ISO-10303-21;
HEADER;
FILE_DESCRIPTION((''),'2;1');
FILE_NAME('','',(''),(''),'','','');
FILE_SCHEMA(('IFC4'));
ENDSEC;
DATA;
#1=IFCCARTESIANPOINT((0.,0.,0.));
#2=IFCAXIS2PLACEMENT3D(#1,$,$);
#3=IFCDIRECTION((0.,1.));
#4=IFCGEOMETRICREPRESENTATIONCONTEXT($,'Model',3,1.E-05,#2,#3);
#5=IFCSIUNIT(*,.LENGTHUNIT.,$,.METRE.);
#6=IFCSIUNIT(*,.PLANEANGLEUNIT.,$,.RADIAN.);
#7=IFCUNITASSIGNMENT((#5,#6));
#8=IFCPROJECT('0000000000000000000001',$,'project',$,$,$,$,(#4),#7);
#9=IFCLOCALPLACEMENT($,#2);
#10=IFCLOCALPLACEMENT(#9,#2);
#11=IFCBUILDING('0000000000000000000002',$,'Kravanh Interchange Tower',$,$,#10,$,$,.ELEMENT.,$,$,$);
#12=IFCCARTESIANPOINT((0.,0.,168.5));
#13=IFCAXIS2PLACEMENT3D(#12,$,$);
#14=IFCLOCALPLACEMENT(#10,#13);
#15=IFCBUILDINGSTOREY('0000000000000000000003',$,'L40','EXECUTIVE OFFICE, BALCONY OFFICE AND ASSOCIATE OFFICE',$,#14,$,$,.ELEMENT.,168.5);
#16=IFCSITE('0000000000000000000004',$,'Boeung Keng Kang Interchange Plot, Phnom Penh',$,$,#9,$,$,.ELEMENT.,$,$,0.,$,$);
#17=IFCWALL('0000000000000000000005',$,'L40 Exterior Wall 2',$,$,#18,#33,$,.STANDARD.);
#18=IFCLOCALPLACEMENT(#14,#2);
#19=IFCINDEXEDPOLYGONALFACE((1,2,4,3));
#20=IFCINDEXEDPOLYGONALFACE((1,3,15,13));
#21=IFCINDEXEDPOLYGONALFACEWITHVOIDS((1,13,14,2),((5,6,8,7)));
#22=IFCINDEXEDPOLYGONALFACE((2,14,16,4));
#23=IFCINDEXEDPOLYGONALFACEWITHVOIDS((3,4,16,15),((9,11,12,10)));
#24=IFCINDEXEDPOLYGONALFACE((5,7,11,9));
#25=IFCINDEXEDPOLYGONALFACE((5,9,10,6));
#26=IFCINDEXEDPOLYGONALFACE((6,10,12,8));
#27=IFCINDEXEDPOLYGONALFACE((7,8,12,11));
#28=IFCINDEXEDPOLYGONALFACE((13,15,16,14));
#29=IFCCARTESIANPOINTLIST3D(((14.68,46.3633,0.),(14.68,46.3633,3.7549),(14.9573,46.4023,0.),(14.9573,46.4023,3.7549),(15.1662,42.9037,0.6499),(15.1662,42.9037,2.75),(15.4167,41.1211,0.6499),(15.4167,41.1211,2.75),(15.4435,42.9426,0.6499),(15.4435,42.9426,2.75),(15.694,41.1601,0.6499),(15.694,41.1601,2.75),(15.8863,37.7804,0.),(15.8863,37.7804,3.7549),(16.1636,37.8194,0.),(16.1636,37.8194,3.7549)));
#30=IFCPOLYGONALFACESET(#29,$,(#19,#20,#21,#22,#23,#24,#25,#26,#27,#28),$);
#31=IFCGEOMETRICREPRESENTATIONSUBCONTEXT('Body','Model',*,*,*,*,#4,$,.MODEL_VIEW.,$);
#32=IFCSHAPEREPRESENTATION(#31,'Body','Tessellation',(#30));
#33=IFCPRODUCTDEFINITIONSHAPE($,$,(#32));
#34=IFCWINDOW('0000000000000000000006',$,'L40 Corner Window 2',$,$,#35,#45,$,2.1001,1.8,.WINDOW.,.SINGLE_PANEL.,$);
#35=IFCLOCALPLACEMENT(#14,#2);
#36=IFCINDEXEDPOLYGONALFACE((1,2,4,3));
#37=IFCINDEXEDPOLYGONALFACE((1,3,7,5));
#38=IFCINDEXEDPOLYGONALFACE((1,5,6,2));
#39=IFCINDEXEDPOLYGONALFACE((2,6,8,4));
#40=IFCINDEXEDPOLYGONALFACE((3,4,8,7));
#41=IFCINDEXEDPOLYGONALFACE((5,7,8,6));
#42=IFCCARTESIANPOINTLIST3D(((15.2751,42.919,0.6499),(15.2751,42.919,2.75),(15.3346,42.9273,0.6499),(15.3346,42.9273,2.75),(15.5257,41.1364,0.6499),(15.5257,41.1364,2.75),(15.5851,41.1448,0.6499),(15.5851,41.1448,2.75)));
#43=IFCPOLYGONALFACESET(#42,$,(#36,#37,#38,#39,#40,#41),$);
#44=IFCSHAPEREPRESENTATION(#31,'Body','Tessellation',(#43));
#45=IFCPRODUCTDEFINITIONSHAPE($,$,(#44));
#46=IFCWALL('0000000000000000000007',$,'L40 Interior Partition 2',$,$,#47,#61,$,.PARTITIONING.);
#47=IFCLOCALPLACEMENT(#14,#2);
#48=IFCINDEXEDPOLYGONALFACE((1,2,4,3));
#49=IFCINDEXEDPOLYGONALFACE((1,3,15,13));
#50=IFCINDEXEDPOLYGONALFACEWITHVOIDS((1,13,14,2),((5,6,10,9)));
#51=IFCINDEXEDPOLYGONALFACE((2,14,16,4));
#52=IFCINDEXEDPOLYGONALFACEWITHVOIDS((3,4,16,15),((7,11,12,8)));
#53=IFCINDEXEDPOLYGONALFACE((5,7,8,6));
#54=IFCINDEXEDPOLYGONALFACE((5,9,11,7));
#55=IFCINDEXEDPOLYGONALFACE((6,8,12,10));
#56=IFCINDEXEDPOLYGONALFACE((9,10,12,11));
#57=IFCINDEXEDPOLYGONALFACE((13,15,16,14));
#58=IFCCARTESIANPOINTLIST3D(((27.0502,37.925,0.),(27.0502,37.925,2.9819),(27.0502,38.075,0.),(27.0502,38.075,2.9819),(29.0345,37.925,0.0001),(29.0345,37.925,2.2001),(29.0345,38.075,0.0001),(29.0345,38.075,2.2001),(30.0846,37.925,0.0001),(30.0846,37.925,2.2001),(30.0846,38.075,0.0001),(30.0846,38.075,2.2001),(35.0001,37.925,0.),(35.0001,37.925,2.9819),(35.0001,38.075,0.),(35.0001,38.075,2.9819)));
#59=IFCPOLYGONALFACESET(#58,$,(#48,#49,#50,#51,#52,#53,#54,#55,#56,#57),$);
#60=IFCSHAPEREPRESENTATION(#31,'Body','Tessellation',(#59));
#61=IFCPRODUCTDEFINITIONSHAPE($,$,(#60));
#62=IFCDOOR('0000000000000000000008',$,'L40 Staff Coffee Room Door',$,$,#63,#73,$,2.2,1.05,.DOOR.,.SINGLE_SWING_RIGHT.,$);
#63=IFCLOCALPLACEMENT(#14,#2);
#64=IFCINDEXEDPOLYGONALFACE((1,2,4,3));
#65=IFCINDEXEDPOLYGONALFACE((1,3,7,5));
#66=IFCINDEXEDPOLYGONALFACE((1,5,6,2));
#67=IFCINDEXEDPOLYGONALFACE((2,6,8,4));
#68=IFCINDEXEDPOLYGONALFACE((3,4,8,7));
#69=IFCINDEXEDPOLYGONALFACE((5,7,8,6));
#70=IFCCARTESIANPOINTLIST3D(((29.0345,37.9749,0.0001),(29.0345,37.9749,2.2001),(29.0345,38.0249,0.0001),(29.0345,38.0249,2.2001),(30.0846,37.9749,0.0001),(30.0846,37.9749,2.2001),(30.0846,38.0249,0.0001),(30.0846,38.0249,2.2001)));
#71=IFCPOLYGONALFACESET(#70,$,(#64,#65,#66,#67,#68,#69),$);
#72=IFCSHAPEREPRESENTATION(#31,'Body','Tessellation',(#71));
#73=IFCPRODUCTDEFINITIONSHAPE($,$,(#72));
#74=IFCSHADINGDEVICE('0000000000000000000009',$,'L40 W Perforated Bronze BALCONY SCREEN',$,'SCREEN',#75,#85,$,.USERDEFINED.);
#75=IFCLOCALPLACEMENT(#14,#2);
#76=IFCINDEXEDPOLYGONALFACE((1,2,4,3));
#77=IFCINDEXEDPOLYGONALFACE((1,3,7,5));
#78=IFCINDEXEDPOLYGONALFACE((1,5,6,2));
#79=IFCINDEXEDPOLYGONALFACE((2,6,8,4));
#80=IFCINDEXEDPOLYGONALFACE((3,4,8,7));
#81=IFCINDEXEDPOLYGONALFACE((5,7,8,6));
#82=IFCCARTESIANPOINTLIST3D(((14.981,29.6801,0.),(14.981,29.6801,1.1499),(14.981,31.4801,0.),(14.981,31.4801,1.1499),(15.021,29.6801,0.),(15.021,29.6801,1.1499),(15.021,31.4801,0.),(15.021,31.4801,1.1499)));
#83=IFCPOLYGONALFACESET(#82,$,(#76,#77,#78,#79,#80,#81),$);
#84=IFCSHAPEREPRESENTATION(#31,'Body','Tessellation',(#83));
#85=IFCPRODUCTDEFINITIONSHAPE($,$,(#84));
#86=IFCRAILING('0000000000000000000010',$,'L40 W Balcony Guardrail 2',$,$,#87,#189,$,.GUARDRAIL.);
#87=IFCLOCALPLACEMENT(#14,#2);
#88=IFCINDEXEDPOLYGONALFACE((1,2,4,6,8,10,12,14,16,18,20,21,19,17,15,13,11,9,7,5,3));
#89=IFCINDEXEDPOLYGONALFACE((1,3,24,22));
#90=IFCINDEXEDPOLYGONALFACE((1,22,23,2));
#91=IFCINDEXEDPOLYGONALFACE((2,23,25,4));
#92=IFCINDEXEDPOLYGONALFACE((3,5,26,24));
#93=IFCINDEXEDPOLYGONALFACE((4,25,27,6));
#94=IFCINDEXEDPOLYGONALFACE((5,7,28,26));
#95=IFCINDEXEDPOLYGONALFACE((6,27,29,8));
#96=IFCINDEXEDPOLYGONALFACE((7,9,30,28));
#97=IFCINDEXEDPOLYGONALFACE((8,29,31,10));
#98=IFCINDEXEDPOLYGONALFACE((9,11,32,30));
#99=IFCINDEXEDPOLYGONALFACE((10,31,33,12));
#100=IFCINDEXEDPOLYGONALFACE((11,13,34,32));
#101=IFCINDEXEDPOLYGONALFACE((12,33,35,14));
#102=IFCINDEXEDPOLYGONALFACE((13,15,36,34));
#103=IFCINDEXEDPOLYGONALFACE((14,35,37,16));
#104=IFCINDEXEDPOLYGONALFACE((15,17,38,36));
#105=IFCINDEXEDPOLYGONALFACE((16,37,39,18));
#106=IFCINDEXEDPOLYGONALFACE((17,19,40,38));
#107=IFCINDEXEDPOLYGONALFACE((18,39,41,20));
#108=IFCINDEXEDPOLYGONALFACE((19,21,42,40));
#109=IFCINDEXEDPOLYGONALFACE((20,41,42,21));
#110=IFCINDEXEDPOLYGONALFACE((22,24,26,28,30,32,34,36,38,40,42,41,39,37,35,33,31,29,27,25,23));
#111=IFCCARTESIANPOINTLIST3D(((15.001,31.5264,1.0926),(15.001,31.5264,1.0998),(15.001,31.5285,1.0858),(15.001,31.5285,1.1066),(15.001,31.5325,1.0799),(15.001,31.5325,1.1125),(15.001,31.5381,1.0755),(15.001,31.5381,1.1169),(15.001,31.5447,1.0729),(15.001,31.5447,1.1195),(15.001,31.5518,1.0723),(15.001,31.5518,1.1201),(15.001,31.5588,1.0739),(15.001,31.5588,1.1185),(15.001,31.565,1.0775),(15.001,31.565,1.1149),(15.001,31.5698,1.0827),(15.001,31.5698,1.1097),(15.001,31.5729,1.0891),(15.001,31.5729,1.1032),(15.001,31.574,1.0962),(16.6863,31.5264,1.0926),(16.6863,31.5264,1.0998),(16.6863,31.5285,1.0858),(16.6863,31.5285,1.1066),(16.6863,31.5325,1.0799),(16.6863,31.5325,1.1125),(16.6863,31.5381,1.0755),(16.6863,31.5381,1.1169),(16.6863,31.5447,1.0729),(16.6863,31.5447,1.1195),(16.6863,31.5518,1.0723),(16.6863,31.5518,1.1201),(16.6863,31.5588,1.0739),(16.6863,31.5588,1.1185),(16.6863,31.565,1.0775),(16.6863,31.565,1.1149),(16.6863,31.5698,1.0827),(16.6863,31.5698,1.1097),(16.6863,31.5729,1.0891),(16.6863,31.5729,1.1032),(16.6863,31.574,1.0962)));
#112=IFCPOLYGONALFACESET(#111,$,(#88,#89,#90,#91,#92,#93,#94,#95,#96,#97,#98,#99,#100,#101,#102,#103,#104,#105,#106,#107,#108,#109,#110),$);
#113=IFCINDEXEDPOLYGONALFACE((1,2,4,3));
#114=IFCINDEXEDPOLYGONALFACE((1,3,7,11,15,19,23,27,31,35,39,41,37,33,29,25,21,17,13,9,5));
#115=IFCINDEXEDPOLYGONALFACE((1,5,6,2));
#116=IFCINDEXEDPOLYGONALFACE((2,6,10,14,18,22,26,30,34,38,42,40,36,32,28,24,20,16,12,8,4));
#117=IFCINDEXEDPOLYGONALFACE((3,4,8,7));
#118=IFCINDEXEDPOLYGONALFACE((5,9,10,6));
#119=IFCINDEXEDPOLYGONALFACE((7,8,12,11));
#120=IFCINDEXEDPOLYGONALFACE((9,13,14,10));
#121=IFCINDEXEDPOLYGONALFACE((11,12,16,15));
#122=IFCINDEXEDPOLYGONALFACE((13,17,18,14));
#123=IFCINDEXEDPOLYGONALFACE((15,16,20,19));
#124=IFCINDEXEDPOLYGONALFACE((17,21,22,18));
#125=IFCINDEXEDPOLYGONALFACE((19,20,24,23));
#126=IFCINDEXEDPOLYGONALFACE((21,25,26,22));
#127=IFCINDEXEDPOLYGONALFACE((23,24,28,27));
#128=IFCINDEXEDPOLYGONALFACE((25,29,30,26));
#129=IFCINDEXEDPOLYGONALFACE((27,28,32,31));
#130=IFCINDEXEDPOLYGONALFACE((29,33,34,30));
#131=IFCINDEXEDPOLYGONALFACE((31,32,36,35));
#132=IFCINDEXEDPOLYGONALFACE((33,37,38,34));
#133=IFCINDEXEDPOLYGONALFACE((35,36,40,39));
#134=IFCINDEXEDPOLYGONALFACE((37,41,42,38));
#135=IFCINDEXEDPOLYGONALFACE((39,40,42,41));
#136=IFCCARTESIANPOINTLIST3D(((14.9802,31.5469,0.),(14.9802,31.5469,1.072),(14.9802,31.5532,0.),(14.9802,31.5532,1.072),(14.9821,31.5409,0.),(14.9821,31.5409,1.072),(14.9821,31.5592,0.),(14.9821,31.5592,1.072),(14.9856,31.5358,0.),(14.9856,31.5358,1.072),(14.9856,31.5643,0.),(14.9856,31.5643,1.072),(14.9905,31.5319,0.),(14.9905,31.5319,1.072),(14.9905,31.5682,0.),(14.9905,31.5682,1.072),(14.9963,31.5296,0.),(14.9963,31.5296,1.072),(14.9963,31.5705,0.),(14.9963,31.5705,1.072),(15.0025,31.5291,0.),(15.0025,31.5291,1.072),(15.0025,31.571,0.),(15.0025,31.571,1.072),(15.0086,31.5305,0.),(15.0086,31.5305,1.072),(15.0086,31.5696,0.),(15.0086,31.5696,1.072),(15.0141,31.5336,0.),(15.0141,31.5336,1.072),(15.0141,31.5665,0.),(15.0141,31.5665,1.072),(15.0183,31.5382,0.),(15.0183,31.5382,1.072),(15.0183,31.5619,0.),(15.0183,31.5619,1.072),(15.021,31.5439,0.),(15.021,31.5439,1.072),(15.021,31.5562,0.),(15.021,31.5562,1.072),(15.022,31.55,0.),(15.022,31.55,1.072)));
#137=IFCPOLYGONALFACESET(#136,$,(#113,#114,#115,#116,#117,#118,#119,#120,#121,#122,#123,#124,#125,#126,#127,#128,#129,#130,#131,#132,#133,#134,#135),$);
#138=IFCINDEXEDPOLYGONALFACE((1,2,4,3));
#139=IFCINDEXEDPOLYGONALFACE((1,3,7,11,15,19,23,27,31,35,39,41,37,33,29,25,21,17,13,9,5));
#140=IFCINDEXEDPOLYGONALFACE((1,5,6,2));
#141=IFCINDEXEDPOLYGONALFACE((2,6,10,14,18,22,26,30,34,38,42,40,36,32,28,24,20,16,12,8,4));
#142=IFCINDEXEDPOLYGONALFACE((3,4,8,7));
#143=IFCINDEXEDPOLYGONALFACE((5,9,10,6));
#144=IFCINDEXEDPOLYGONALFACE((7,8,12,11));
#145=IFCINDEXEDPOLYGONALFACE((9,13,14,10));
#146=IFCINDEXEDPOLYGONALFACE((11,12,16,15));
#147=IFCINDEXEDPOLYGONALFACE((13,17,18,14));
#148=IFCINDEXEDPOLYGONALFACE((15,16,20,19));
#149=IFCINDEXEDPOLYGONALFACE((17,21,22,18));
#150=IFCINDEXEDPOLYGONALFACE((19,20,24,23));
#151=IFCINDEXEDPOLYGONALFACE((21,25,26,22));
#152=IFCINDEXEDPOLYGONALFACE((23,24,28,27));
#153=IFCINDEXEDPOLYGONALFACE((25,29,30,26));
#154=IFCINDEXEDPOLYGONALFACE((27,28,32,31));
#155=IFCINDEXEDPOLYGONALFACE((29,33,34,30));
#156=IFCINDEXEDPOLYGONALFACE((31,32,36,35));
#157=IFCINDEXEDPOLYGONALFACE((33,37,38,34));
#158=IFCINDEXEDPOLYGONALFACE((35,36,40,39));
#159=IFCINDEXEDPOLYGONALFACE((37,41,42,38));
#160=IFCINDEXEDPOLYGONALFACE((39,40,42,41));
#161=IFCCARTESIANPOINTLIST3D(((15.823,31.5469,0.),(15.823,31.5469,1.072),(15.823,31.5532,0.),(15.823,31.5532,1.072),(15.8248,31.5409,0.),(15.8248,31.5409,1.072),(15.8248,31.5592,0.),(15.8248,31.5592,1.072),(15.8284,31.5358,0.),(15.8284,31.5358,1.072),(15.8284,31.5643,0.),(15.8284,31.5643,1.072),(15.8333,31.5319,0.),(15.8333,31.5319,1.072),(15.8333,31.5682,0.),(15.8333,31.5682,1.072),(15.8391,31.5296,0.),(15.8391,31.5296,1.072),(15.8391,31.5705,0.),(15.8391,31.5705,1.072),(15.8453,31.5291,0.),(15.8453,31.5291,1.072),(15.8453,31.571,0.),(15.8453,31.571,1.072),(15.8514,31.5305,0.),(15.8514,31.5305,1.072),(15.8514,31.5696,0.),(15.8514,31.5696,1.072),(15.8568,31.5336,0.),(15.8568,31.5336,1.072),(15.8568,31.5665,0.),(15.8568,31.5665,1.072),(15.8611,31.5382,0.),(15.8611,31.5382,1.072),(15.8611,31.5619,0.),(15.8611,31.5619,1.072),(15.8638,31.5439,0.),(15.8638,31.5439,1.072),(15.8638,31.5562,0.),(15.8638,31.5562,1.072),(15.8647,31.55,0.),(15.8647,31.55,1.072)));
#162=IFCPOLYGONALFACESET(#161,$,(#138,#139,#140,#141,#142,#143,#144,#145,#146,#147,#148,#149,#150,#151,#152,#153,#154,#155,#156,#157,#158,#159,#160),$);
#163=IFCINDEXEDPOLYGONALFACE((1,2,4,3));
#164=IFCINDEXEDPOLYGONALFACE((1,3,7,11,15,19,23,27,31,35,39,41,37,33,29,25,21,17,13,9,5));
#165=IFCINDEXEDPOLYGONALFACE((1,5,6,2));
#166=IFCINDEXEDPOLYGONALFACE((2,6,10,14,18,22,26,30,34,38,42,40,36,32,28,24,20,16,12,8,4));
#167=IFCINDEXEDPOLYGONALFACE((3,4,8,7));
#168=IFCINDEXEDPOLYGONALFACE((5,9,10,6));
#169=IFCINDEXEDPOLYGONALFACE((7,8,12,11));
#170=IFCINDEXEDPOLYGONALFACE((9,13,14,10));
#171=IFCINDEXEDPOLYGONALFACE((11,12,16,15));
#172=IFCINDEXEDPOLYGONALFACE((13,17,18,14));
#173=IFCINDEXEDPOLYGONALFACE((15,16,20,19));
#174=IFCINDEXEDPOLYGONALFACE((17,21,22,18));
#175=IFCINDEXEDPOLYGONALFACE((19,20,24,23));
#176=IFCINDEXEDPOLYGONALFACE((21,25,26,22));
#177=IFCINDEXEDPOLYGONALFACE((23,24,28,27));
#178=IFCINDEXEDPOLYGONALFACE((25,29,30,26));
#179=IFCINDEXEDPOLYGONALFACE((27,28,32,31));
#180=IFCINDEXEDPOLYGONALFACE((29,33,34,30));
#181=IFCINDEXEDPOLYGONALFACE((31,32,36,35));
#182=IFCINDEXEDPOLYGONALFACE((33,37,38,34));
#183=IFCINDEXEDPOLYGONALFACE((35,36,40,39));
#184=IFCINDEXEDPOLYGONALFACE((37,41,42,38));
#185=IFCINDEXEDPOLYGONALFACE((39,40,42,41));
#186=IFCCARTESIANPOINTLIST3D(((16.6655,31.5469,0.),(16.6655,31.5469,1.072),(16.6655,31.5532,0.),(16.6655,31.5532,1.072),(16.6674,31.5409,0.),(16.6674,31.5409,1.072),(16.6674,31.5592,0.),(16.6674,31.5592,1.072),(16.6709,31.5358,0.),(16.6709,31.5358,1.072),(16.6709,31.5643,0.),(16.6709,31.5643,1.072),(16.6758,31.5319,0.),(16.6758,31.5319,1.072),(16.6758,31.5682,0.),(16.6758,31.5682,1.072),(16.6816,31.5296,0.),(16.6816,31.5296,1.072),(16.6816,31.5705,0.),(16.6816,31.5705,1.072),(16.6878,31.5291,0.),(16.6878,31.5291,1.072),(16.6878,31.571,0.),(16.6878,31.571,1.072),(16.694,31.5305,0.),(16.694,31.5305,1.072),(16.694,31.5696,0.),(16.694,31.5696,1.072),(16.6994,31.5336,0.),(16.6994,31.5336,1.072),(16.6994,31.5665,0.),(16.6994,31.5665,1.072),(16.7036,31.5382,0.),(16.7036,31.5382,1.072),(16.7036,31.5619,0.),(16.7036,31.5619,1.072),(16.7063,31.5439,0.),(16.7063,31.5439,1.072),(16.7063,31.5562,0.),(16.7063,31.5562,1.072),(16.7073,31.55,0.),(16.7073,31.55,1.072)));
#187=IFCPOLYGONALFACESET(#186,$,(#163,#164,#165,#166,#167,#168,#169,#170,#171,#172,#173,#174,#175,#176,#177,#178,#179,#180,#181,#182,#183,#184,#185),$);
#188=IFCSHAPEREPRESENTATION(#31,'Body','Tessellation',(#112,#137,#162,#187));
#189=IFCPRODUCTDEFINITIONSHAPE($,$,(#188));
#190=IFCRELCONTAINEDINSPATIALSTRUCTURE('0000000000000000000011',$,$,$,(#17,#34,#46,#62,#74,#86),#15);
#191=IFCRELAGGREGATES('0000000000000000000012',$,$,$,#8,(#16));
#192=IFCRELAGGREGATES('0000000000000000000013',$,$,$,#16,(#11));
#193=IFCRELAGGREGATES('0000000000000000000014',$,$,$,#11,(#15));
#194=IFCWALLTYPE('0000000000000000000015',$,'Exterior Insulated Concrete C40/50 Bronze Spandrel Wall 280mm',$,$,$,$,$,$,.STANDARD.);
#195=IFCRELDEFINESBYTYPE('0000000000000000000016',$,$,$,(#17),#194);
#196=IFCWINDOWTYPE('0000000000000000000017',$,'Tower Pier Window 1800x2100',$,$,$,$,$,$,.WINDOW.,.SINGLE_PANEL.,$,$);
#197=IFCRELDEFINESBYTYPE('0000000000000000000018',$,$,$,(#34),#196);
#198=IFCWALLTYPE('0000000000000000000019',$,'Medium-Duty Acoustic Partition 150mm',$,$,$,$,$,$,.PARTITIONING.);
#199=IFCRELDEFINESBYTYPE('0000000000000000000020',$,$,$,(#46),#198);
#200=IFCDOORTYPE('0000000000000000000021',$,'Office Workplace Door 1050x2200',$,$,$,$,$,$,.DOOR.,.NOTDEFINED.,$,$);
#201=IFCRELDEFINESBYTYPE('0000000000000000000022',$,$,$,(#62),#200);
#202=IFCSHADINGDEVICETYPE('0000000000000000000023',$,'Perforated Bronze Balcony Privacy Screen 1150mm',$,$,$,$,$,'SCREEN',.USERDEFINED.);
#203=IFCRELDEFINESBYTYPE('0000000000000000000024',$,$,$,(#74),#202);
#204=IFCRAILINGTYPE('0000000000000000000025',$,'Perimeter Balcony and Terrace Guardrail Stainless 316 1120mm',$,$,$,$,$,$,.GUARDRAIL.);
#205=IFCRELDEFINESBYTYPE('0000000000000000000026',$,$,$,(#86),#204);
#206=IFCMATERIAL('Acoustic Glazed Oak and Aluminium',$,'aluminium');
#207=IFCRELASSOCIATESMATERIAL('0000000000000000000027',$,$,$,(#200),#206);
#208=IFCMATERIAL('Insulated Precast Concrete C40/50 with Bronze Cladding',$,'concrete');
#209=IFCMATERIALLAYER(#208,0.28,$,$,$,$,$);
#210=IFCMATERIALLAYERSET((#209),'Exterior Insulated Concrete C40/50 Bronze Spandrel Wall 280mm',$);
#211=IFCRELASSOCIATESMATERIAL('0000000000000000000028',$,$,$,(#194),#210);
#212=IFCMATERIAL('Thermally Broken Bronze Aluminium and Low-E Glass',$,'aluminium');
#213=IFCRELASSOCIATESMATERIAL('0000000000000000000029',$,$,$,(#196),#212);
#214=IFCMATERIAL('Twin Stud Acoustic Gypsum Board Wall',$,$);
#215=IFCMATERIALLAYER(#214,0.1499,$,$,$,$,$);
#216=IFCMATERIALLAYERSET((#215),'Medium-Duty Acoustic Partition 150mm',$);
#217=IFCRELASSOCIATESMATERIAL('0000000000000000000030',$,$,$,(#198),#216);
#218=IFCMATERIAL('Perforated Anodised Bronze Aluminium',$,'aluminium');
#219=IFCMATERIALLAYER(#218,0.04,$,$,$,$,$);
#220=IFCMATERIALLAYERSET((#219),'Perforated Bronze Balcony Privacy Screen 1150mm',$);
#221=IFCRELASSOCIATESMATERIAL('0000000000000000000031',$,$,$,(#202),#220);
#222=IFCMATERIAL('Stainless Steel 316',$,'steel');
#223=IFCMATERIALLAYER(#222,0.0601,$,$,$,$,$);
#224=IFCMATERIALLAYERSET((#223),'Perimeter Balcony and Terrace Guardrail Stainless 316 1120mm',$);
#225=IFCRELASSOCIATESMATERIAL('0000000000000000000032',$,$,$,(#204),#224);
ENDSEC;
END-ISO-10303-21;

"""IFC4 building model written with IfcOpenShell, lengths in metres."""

from ifc_helpers import new_model, si_unit, direction, frame, frame_2d, origin, origin_2d, place, context, subcontext, project, spatial, rectangle, circle, extrude, material, layer, layer_set, type_object, element, fill, save


model = new_model("IFC4")

# Units and contexts
model_context = context("Model", 3, precision=1e-05, world=origin(), true_north=direction((0.0, 1.0)))
body_context = subcontext(model_context, "Body", "Model", "MODEL_VIEW")
ifc_project = project(units=[si_unit("LENGTHUNIT", "METRE"), si_unit("PLANEANGLEUNIT", "RADIAN")], contexts=[model_context])

# Site, building, storey
site_placement = place(None, origin())
site = spatial("IfcSite", under=ifc_project, at=site_placement, Name="Boeung Keng Kang Interchange Plot, Phnom Penh", CompositionType="ELEMENT", RefElevation=0.0)
building_placement = place(site_placement, origin())
building = spatial("IfcBuilding", under=site, at=building_placement, Name="Kravanh Interchange Tower", CompositionType="ELEMENT")
storey_placement = place(building_placement, frame((0.0, 0.0, 168.5)))
storey = spatial("IfcBuildingStorey", under=building, at=storey_placement, Name="L40", Description="EXECUTIVE OFFICE, BALCONY OFFICE AND ASSOCIATE OFFICE", CompositionType="ELEMENT", Elevation=168.5)

# Shared definitions
ifc_material_1 = material(Name="Acoustic Glazed Oak and Aluminium", Category="aluminium")
door_type_1 = type_object("IfcDoorType", Name="Office Workplace Door 1050x2200", OperationType="NOTDEFINED", PredefinedType="DOOR", material=ifc_material_1)

# Wall, opening, window
ifc_material_2 = material(Name="Insulated Precast Concrete C40/50 with Bronze Cladding", Category="concrete")
ifc_layer_1 = layer(ifc_material_2, 0.28)
ifc_layer_set_1 = layer_set([ifc_layer_1], Name="Exterior Insulated Concrete C40/50 Bronze Spandrel Wall 280mm")
wall_type_1 = type_object("IfcWallType", Name="Exterior Insulated Concrete C40/50 Bronze Spandrel Wall 280mm", PredefinedType="STANDARD", material=ifc_layer_set_1)
wall_1_placement = place(storey_placement, frame((16.0249, 37.8, 0.0), z_axis=(0.0, 0.0, 1.0), x_axis=(-0.139181, 0.990267, 0.0)))
wall_1 = element("IfcWall", 1, at=wall_1_placement, inside=storey, type_object=wall_type_1, Name="L40 Exterior Wall 2", PredefinedType="STANDARD", context=body_context, shape_type="SweptSolid", body=[
    extrude(rectangle(XDim=8.6672, YDim=0.28, at=frame_2d((4.3335, 0.0))), origin(), (0.0, 0.0, 1.0), 3.7549),
])
opening_1_placement = place(wall_1_placement, frame((3.3735, 0.0, 0.6499)))
opening_1 = element("IfcOpeningElement", 2, at=opening_1_placement, cuts=wall_1, PredefinedType="OPENING", context=body_context, shape_type="SweptSolid", body=[
    extrude(rectangle(XDim=1.8, YDim=2.1001, at=frame_2d((0.8999, 1.05))), frame((0.0, 0.1499, 0.0), z_axis=(0.0, -1.0, 0.0), x_axis=(1.0, 0.0, 0.0)), (0.0, 0.0, 1.0), 0.3),
])
ifc_material_3 = material(Name="Thermally Broken Bronze Aluminium and Low-E Glass", Category="aluminium")
window_type = type_object("IfcWindowType", Name="Tower Pier Window 1800x2100", PartitioningType="SINGLE_PANEL", PredefinedType="WINDOW", material=ifc_material_3)
window_placement = place(opening_1_placement, origin())
window = element("IfcWindow", 3, at=window_placement, inside=storey, type_object=window_type, Name="L40 Corner Window 2", OverallHeight=2.1001, OverallWidth=1.8, PartitioningType="SINGLE_PANEL", PredefinedType="WINDOW", context=body_context, shape_type="SweptSolid", body=[
    extrude(rectangle(XDim=1.8, YDim=2.1001, at=frame_2d((0.8999, 1.05))), frame((0.0, 0.03, 0.0), z_axis=(0.0, -1.0, 0.0), x_axis=(1.0, 0.0, 0.0)), (0.0, 0.0, 1.0), 0.0601),
])
fill(opening_1, window)

# Wall, opening, door
ifc_material_4 = material(Name="Twin Stud Acoustic Gypsum Board Wall")
ifc_layer_2 = layer(ifc_material_4, 0.1499)
ifc_layer_set_2 = layer_set([ifc_layer_2], Name="Medium-Duty Acoustic Partition 150mm")
wall_type_2 = type_object("IfcWallType", Name="Medium-Duty Acoustic Partition 150mm", PredefinedType="PARTITIONING", material=ifc_layer_set_2)
wall_2_placement = place(storey_placement, frame((27.05, 38.0, 0.0), z_axis=(0.0, 0.0, 1.0), x_axis=(1.0, 0.0, 0.0)))
wall_2 = element("IfcWall", 4, at=wall_2_placement, inside=storey, type_object=wall_type_2, Name="L40 Interior Partition 2", PredefinedType="PARTITIONING", context=body_context, shape_type="SweptSolid", body=[
    extrude(rectangle(XDim=7.95, YDim=0.1499, at=frame_2d((3.9751, 0.0))), origin(), (0.0, 0.0, 1.0), 2.9819),
])
opening_2_placement = place(wall_2_placement, frame((1.9846, 0.0, 0.0)))
opening_2 = element("IfcOpeningElement", 5, at=opening_2_placement, cuts=wall_2, PredefinedType="OPENING", context=body_context, shape_type="SweptSolid", body=[
    extrude(rectangle(XDim=1.05, YDim=2.2, at=frame_2d((0.5249, 1.1001))), frame((0.0, 0.085, 0.0), z_axis=(0.0, -1.0, 0.0), x_axis=(1.0, 0.0, 0.0)), (0.0, 0.0, 1.0), 0.1699),
])
door_1_placement = place(opening_2_placement, origin())
door_1 = element("IfcDoor", 6, at=door_1_placement, inside=storey, type_object=door_type_1, Name="L40 Staff Coffee Room Door", OperationType="SINGLE_SWING_RIGHT", OverallHeight=2.2, OverallWidth=1.05, PredefinedType="DOOR", context=body_context, shape_type="SweptSolid", body=[
    extrude(rectangle(XDim=1.05, YDim=2.2, at=frame_2d((0.5249, 1.1001))), frame((0.0, 0.0249, 0.0), z_axis=(0.0, -1.0, 0.0), x_axis=(1.0, 0.0, 0.0)), (0.0, 0.0, 1.0), 0.05),
])
fill(opening_2, door_1)

# Shading device
ifc_material_5 = material(Name="Perforated Anodised Bronze Aluminium", Category="aluminium")
ifc_layer_3 = layer(ifc_material_5, 0.04)
ifc_layer_set_3 = layer_set([ifc_layer_3], Name="Perforated Bronze Balcony Privacy Screen 1150mm")
shading_device_type = type_object("IfcShadingDeviceType", Name="Perforated Bronze Balcony Privacy Screen 1150mm", ElementType="SCREEN", PredefinedType="USERDEFINED", material=ifc_layer_set_3)
shading_device_placement = place(storey_placement, frame((15.001, 30.5801, 0.0), z_axis=(0.0, 0.0, 1.0), x_axis=(1.0, 0.0, 0.0)))
element("IfcShadingDevice", 7, at=shading_device_placement, inside=storey, type_object=shading_device_type, Name="L40 W Perforated Bronze BALCONY SCREEN", ObjectType="SCREEN", PredefinedType="USERDEFINED", context=body_context, shape_type="SweptSolid", body=[
    extrude(rectangle(XDim=0.04, YDim=1.8, at=origin_2d()), origin(), (0.0, 0.0, 1.0), 1.1499),
])

# Railing
ifc_material_6 = material(Name="Stainless Steel 316", Category="steel")
ifc_layer_4 = layer(ifc_material_6, 0.0601)
ifc_layer_set_4 = layer_set([ifc_layer_4], Name="Perimeter Balcony and Terrace Guardrail Stainless 316 1120mm")
railing_type = type_object("IfcRailingType", Name="Perimeter Balcony and Terrace Guardrail Stainless 316 1120mm", PredefinedType="GUARDRAIL", material=ifc_layer_set_4)
railing_placement = place(storey_placement, frame((15.001, 31.55, 0.0)))
element("IfcRailing", 8, at=railing_placement, inside=storey, type_object=railing_type, Name="L40 W Balcony Guardrail 2", PredefinedType="GUARDRAIL", context=body_context, shape_type="SweptSolid", body=[
    extrude(circle(Radius=0.0239, at=origin_2d()), frame((0.0, 0.0, 1.0962), z_axis=(1.0, 0.0, 0.0), x_axis=(0.0, 1.0, 0.0)), (0.0, 0.0, 1.0), 1.6853),
    extrude(circle(Radius=0.021, at=origin_2d()), origin(), (0.0, 0.0, 1.0), 1.072),
    extrude(circle(Radius=0.021, at=origin_2d()), frame((0.8428, 0.0, 0.0)), (0.0, 0.0, 1.0), 1.072),
    extrude(circle(Radius=0.021, at=origin_2d()), frame((1.6853, 0.0, 0.0)), (0.0, 0.0, 1.0), 1.072),
])

save(model, "model.ifc")
